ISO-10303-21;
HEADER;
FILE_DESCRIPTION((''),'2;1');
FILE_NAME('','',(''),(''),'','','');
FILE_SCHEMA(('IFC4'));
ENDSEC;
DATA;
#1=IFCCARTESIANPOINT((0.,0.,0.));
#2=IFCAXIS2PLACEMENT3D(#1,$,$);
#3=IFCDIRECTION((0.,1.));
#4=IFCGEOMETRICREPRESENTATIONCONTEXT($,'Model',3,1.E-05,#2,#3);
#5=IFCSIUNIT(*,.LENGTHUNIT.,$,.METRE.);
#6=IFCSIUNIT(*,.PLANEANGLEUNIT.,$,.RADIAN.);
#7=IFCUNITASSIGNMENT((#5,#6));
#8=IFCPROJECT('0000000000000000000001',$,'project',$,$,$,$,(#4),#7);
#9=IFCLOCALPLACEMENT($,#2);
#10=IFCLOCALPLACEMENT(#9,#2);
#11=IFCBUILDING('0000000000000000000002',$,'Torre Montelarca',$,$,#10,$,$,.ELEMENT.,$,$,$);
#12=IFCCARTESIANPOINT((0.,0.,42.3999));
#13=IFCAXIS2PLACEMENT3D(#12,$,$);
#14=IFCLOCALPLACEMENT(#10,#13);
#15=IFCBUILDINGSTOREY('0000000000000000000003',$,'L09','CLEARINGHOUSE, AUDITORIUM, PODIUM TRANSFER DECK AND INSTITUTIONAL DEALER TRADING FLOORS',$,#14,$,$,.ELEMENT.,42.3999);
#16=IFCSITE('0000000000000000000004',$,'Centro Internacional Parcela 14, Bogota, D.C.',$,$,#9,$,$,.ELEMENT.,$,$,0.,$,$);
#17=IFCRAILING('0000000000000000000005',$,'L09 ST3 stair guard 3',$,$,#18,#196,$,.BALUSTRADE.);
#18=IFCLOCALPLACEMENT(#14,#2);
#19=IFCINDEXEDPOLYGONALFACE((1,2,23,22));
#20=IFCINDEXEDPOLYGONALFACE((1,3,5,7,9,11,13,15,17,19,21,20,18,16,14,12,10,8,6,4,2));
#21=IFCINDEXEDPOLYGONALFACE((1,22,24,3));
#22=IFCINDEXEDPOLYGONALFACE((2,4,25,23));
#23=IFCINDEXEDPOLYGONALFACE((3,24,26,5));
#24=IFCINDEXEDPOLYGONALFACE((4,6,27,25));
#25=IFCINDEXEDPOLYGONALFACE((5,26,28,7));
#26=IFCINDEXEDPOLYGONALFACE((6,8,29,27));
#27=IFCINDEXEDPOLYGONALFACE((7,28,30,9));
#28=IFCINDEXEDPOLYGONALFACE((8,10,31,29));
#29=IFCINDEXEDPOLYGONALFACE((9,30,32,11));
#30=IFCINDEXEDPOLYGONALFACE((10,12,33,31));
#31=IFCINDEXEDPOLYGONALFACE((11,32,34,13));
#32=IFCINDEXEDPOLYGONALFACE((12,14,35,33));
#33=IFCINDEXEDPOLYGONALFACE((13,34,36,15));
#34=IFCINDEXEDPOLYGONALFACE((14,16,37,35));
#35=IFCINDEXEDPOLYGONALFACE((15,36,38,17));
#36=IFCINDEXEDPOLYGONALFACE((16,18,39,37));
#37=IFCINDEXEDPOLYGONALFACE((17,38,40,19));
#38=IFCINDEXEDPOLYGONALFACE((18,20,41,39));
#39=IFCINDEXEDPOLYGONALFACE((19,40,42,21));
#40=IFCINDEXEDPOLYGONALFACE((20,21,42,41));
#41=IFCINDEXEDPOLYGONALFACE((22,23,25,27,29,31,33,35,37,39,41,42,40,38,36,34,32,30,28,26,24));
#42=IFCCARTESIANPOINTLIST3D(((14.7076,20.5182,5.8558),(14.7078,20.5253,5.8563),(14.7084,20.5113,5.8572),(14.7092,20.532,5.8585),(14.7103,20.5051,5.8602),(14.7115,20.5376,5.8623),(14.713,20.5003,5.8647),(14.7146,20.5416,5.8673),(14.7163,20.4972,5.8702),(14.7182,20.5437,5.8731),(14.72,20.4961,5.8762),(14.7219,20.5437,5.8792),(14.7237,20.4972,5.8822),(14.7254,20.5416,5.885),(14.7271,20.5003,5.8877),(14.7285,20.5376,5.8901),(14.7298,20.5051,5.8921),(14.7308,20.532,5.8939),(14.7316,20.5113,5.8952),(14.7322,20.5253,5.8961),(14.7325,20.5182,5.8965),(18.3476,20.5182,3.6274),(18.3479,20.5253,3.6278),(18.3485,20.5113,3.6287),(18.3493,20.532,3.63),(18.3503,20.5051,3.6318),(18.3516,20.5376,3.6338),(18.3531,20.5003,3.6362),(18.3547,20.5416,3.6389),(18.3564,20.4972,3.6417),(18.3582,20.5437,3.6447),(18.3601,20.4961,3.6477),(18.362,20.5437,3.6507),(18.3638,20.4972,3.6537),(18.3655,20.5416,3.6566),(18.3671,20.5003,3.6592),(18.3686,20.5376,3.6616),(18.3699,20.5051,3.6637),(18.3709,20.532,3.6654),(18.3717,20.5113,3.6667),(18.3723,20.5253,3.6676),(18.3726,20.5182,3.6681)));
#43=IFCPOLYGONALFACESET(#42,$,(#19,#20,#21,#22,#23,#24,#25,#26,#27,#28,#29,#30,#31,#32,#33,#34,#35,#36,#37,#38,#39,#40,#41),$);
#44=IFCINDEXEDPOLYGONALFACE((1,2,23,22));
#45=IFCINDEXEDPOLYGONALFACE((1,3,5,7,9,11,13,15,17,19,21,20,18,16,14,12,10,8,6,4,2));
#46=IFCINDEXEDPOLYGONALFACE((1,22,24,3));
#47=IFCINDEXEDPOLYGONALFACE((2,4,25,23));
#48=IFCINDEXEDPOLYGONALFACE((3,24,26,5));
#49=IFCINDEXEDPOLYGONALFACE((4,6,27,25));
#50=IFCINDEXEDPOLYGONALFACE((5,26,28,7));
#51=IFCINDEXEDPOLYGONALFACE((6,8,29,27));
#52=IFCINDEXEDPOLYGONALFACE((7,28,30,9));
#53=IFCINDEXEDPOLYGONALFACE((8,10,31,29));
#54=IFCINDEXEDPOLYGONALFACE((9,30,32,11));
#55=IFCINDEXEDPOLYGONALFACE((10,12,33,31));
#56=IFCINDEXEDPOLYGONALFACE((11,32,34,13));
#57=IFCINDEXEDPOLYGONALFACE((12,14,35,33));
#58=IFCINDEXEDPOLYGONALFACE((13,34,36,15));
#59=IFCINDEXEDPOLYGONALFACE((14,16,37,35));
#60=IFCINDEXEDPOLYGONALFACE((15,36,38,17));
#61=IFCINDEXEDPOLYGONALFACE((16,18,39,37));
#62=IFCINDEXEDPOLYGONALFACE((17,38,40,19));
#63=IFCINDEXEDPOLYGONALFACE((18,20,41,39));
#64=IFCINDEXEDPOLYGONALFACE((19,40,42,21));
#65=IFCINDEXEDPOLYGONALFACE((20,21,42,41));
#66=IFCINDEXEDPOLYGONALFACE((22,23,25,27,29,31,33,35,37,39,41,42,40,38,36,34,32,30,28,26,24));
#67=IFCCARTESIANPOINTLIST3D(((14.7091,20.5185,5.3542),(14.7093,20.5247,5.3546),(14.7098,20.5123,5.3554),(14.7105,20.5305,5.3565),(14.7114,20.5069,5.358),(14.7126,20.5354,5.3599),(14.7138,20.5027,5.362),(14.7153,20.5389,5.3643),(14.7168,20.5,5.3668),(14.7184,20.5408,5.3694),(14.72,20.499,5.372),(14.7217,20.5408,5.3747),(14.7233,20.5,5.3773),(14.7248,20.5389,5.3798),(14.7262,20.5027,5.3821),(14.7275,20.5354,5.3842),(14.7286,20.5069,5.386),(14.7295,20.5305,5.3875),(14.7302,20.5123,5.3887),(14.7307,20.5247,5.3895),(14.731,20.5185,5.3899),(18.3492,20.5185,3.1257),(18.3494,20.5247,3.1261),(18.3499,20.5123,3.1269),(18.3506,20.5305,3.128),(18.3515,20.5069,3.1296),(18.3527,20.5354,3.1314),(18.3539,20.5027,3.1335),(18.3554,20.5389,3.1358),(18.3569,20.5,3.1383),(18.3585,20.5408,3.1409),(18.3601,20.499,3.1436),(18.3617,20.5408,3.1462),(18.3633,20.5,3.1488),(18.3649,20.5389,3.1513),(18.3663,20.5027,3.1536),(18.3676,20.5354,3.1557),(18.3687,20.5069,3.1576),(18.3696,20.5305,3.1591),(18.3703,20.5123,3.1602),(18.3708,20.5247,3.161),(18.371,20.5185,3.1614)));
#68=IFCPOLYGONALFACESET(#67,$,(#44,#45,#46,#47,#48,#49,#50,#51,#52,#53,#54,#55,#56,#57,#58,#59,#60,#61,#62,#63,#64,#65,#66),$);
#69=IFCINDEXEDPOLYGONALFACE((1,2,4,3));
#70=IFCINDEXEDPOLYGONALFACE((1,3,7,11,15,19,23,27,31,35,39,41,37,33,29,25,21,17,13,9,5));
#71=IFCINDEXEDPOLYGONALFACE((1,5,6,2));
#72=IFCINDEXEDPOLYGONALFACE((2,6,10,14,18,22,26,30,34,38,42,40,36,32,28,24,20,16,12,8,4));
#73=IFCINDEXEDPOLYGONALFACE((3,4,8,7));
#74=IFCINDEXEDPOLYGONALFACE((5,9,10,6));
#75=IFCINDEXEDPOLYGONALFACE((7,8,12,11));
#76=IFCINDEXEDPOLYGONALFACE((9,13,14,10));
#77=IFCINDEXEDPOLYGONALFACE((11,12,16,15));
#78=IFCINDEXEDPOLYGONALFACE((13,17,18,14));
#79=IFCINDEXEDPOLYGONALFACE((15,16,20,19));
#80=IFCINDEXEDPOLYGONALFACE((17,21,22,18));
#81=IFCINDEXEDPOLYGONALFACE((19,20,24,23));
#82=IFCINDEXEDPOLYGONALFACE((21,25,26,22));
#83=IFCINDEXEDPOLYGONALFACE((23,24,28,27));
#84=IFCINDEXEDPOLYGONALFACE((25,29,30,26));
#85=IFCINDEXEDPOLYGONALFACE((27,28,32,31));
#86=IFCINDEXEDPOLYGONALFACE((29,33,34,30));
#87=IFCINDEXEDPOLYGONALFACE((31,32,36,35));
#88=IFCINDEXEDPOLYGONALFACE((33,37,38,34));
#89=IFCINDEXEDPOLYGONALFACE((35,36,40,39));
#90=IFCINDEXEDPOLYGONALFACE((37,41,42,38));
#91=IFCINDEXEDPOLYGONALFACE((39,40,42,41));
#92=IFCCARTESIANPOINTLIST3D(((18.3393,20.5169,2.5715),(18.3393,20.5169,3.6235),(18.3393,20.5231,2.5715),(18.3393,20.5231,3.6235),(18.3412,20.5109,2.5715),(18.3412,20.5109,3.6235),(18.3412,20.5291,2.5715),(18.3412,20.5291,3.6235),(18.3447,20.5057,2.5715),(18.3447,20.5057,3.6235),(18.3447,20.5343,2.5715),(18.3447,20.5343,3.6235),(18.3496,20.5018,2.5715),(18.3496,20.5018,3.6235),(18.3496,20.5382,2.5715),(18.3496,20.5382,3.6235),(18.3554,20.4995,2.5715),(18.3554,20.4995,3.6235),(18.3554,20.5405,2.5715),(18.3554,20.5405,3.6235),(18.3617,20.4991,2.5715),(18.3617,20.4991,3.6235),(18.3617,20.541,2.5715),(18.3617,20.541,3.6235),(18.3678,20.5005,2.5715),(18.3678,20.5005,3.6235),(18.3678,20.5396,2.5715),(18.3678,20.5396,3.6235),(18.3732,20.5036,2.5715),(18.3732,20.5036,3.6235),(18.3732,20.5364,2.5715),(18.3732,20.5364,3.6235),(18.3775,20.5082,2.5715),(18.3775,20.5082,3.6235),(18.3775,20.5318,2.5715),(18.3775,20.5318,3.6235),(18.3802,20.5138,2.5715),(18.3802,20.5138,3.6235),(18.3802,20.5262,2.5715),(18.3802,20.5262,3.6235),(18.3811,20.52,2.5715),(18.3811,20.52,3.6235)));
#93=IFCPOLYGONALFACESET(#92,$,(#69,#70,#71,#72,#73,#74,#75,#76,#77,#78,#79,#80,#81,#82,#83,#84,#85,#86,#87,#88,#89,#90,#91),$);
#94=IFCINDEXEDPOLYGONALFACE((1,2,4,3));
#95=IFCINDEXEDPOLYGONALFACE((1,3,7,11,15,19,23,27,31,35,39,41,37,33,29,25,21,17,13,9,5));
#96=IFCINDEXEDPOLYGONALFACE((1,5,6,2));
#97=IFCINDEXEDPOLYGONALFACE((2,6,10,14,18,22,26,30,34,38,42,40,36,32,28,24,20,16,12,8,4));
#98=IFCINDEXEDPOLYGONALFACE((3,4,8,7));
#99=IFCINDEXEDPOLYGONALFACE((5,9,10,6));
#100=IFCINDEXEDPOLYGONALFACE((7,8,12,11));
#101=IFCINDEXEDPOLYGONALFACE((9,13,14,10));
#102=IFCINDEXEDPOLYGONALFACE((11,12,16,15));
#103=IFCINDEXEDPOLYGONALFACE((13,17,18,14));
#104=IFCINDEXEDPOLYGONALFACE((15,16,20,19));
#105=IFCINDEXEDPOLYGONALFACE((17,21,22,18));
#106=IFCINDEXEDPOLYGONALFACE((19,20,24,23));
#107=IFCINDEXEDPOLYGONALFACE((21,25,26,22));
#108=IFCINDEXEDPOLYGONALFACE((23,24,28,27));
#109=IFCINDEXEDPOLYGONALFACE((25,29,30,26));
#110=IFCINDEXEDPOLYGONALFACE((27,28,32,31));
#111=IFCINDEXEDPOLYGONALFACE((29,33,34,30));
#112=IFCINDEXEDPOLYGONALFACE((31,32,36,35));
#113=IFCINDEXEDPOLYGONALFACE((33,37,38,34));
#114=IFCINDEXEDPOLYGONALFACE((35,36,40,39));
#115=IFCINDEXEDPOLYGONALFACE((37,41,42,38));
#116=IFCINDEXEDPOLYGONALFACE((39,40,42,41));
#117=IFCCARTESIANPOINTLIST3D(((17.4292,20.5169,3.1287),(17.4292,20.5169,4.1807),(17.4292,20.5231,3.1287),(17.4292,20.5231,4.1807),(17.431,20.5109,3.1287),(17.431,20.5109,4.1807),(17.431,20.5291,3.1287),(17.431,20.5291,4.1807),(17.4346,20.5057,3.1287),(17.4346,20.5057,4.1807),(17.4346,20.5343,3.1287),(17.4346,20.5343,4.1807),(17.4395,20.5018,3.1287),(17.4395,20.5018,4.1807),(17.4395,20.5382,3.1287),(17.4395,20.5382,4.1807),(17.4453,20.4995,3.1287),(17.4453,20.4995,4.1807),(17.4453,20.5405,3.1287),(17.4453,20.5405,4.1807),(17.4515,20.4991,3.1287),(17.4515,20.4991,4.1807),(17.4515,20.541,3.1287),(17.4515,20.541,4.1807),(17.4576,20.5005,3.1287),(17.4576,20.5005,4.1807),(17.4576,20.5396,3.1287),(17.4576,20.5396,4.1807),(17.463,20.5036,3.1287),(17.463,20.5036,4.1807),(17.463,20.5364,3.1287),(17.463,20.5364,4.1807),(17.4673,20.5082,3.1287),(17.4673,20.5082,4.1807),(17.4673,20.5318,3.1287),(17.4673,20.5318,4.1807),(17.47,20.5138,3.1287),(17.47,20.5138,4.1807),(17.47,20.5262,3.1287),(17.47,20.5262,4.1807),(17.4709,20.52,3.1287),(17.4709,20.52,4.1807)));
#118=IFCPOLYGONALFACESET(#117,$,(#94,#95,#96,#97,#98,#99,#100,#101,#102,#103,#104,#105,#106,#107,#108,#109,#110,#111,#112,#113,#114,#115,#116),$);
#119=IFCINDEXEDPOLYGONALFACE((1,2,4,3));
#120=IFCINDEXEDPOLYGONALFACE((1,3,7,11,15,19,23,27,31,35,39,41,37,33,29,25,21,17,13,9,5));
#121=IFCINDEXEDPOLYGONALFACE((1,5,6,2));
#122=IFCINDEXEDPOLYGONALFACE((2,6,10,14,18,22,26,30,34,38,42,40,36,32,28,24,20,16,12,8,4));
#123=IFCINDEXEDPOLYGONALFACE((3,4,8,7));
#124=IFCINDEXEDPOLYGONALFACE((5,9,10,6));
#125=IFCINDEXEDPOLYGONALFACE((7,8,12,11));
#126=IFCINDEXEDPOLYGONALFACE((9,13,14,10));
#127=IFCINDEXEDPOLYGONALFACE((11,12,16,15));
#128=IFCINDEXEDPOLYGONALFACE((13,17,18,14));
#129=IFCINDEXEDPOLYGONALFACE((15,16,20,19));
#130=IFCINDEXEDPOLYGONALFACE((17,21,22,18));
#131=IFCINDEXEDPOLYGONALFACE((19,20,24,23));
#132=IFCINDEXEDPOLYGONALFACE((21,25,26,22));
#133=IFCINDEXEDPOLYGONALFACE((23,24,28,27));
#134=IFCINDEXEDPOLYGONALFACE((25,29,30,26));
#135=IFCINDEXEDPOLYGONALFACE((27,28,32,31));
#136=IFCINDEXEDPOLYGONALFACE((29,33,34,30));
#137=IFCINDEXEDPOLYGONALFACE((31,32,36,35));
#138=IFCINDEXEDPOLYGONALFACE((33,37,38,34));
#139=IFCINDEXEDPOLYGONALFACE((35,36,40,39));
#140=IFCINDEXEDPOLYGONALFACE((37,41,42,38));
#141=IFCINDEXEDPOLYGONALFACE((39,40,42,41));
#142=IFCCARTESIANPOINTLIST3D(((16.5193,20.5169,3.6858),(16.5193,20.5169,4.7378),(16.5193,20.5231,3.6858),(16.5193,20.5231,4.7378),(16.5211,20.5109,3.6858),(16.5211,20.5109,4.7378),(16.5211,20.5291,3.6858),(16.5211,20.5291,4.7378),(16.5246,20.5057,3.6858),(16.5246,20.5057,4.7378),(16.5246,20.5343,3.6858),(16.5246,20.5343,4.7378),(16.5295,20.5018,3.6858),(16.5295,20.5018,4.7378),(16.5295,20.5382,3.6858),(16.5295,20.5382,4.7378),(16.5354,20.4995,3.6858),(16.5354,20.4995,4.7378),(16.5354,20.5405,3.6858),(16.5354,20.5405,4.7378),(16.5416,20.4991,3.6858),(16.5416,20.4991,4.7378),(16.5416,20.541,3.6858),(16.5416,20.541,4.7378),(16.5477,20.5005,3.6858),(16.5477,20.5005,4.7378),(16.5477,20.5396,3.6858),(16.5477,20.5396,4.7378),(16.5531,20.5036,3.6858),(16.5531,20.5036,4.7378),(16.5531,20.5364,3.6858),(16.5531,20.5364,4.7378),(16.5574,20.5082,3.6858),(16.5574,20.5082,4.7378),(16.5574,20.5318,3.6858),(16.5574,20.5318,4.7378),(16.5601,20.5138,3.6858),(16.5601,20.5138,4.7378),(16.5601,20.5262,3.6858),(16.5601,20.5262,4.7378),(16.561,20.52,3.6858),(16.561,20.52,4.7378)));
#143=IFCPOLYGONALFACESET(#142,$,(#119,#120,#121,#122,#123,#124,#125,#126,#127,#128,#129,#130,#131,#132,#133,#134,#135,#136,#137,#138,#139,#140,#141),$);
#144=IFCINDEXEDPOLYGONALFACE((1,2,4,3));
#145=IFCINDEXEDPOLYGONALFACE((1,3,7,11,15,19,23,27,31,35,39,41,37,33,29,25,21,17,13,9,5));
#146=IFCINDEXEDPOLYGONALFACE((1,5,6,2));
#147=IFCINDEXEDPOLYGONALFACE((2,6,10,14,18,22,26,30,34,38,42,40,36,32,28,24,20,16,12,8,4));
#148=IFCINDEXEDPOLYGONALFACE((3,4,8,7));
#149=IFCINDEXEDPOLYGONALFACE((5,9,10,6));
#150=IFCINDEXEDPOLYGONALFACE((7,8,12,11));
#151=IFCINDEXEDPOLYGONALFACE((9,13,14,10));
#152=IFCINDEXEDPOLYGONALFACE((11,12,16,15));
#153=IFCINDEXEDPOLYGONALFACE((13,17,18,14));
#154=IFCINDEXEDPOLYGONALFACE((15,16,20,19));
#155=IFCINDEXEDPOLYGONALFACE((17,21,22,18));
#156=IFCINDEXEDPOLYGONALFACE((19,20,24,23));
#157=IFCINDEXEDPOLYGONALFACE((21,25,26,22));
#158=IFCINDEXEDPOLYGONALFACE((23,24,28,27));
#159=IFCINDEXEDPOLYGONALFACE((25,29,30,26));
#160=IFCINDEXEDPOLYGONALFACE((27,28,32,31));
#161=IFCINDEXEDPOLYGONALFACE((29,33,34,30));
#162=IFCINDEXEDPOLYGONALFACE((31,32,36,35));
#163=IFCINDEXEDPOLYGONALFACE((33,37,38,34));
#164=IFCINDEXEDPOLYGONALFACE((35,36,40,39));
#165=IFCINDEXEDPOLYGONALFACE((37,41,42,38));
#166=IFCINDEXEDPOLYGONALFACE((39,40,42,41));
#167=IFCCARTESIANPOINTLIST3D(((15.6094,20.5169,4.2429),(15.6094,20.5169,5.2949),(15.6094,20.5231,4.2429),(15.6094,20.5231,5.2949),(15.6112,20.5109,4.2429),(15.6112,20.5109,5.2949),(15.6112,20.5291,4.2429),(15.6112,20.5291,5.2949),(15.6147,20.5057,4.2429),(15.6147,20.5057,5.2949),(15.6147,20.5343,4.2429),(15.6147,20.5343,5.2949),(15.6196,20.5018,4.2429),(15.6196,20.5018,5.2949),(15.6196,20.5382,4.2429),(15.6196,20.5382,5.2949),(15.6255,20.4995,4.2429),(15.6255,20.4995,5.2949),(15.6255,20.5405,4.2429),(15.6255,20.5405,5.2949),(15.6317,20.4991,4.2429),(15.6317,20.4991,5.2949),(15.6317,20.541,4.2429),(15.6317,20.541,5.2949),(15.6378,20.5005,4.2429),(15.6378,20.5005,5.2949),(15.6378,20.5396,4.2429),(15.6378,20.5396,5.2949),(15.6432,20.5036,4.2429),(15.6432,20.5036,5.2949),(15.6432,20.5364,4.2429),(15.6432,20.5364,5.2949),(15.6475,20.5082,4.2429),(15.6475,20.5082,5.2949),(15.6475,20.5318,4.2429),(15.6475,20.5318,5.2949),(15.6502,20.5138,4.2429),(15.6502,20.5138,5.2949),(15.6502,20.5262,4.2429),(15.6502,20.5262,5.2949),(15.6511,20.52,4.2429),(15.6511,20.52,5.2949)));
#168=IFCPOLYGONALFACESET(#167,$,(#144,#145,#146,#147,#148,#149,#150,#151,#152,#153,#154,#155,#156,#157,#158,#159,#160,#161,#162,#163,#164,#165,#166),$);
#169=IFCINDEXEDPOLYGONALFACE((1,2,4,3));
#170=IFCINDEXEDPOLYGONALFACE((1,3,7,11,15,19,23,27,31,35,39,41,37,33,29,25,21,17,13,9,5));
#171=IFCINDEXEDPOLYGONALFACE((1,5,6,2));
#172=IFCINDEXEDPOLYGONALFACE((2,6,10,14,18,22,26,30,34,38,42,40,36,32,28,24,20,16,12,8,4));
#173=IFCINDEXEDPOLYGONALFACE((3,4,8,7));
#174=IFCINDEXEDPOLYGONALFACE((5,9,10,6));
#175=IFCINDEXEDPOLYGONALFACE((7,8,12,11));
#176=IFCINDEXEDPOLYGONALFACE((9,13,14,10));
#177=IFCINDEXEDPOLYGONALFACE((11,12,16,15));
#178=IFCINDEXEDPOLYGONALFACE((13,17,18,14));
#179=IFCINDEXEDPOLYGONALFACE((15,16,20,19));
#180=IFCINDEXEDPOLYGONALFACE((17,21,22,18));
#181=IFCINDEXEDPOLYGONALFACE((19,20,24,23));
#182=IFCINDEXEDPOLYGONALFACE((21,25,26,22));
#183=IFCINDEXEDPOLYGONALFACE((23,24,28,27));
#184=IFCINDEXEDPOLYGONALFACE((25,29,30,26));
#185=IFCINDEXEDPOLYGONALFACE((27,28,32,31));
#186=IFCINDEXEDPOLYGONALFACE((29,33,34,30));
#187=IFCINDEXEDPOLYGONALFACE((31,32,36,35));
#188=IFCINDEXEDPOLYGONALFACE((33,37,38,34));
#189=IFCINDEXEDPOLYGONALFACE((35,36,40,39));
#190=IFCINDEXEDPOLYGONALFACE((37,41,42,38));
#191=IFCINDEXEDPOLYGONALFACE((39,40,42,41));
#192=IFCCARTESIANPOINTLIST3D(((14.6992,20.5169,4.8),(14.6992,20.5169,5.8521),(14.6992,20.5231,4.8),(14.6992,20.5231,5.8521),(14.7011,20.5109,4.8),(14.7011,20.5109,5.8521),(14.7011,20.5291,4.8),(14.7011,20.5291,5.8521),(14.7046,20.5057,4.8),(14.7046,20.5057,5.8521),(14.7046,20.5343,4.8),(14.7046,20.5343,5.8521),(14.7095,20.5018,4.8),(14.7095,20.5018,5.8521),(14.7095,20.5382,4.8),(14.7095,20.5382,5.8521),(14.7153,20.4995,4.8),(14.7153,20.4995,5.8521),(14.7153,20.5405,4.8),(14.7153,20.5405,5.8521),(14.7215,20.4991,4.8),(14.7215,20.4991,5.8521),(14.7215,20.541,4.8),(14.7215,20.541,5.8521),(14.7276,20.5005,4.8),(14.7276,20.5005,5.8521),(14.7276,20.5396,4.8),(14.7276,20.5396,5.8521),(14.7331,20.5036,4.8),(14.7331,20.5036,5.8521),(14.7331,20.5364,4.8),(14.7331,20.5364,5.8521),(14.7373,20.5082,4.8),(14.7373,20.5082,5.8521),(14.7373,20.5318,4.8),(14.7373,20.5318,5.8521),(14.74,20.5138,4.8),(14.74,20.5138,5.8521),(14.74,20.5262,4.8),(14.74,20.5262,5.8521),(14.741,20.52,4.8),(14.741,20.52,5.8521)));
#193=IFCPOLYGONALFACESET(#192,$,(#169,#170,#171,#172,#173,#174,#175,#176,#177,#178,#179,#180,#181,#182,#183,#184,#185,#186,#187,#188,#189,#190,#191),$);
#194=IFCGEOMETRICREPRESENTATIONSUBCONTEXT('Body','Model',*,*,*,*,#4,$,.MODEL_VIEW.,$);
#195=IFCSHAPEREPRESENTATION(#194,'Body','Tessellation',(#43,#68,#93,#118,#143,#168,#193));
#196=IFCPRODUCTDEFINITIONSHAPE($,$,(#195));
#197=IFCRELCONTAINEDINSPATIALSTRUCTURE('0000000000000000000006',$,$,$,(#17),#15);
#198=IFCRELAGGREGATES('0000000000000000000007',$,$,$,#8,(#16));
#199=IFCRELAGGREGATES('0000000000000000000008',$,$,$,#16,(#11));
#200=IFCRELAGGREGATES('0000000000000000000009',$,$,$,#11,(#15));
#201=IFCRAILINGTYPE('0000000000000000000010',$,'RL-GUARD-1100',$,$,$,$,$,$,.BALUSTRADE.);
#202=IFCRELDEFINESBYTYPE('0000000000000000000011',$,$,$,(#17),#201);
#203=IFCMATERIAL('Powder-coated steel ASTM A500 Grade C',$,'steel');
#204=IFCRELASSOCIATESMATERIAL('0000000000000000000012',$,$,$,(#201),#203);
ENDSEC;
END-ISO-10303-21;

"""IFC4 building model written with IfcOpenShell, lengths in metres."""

from ifc_helpers import new_model, si_unit, direction, frame, origin, origin_2d, place, context, subcontext, project, spatial, circle, extrude, material, type_object, element, save


model = new_model("IFC4")

# Units and contexts
model_context = context("Model", 3, precision=1e-05, world=origin(), true_north=direction((0.0, 1.0)))
body_context = subcontext(model_context, "Body", "Model", "MODEL_VIEW")
ifc_project = project(units=[si_unit("LENGTHUNIT", "METRE"), si_unit("PLANEANGLEUNIT", "RADIAN")], contexts=[model_context])

# Site, building, storey
site_placement = place(None, origin())
site = spatial("IfcSite", under=ifc_project, at=site_placement, Name="Centro Internacional Parcela 14, Bogota, D.C.", CompositionType="ELEMENT", RefElevation=0.0)
building_placement = place(site_placement, origin())
building = spatial("IfcBuilding", under=site, at=building_placement, Name="Torre Montelarca", CompositionType="ELEMENT")
storey_placement = place(building_placement, frame((0.0, 0.0, 42.3999)))
storey = spatial("IfcBuildingStorey", under=building, at=storey_placement, Name="L09", Description="CLEARINGHOUSE, AUDITORIUM, PODIUM TRANSFER DECK AND INSTITUTIONAL DEALER TRADING FLOORS", CompositionType="ELEMENT", Elevation=42.3999)

# Railing
ifc_material_1 = material(Name="Powder-coated steel ASTM A500 Grade C", Category="steel")
railing_type_1 = type_object("IfcRailingType", Name="RL-GUARD-1100", PredefinedType="BALUSTRADE", material=ifc_material_1)
railing_1_placement = place(storey_placement, frame((18.3601, 20.52, 2.5715)))
element("IfcRailing", 1, at=railing_1_placement, inside=storey, type_object=railing_type_1, Name="L09 ST3 stair guard 3", PredefinedType="BALUSTRADE", context=body_context, shape_type="SweptSolid", body=[
    extrude(circle(Radius=0.0239, at=origin_2d()), frame((0.0, 0.0, 1.0762), z_axis=(-0.852866, 0.0, 0.52213), x_axis=(0.0, -1.0, 0.0)), (0.0, 0.0, 1.0), 4.2681),
    extrude(circle(Radius=0.021, at=origin_2d()), frame((0.0, 0.0, 0.572), z_axis=(-0.852866, 0.0, 0.52213), x_axis=(0.0, -1.0, 0.0)), (0.0, 0.0, 1.0), 4.2681),
    extrude(circle(Radius=0.021, at=origin_2d()), origin(), (0.0, 0.0, 1.0), 1.052),
    extrude(circle(Radius=0.021, at=origin_2d()), frame((-0.9102, 0.0, 0.5571)), (0.0, 0.0, 1.0), 1.052),
    extrude(circle(Radius=0.021, at=origin_2d()), frame((-1.8201, 0.0, 1.1143)), (0.0, 0.0, 1.0), 1.052),
    extrude(circle(Radius=0.021, at=origin_2d()), frame((-2.73, 0.0, 1.6714)), (0.0, 0.0, 1.0), 1.052),
    extrude(circle(Radius=0.021, at=origin_2d()), frame((-3.6401, 0.0, 2.2285)), (0.0, 0.0, 1.0), 1.052),
])

save(model, "model.ifc")
